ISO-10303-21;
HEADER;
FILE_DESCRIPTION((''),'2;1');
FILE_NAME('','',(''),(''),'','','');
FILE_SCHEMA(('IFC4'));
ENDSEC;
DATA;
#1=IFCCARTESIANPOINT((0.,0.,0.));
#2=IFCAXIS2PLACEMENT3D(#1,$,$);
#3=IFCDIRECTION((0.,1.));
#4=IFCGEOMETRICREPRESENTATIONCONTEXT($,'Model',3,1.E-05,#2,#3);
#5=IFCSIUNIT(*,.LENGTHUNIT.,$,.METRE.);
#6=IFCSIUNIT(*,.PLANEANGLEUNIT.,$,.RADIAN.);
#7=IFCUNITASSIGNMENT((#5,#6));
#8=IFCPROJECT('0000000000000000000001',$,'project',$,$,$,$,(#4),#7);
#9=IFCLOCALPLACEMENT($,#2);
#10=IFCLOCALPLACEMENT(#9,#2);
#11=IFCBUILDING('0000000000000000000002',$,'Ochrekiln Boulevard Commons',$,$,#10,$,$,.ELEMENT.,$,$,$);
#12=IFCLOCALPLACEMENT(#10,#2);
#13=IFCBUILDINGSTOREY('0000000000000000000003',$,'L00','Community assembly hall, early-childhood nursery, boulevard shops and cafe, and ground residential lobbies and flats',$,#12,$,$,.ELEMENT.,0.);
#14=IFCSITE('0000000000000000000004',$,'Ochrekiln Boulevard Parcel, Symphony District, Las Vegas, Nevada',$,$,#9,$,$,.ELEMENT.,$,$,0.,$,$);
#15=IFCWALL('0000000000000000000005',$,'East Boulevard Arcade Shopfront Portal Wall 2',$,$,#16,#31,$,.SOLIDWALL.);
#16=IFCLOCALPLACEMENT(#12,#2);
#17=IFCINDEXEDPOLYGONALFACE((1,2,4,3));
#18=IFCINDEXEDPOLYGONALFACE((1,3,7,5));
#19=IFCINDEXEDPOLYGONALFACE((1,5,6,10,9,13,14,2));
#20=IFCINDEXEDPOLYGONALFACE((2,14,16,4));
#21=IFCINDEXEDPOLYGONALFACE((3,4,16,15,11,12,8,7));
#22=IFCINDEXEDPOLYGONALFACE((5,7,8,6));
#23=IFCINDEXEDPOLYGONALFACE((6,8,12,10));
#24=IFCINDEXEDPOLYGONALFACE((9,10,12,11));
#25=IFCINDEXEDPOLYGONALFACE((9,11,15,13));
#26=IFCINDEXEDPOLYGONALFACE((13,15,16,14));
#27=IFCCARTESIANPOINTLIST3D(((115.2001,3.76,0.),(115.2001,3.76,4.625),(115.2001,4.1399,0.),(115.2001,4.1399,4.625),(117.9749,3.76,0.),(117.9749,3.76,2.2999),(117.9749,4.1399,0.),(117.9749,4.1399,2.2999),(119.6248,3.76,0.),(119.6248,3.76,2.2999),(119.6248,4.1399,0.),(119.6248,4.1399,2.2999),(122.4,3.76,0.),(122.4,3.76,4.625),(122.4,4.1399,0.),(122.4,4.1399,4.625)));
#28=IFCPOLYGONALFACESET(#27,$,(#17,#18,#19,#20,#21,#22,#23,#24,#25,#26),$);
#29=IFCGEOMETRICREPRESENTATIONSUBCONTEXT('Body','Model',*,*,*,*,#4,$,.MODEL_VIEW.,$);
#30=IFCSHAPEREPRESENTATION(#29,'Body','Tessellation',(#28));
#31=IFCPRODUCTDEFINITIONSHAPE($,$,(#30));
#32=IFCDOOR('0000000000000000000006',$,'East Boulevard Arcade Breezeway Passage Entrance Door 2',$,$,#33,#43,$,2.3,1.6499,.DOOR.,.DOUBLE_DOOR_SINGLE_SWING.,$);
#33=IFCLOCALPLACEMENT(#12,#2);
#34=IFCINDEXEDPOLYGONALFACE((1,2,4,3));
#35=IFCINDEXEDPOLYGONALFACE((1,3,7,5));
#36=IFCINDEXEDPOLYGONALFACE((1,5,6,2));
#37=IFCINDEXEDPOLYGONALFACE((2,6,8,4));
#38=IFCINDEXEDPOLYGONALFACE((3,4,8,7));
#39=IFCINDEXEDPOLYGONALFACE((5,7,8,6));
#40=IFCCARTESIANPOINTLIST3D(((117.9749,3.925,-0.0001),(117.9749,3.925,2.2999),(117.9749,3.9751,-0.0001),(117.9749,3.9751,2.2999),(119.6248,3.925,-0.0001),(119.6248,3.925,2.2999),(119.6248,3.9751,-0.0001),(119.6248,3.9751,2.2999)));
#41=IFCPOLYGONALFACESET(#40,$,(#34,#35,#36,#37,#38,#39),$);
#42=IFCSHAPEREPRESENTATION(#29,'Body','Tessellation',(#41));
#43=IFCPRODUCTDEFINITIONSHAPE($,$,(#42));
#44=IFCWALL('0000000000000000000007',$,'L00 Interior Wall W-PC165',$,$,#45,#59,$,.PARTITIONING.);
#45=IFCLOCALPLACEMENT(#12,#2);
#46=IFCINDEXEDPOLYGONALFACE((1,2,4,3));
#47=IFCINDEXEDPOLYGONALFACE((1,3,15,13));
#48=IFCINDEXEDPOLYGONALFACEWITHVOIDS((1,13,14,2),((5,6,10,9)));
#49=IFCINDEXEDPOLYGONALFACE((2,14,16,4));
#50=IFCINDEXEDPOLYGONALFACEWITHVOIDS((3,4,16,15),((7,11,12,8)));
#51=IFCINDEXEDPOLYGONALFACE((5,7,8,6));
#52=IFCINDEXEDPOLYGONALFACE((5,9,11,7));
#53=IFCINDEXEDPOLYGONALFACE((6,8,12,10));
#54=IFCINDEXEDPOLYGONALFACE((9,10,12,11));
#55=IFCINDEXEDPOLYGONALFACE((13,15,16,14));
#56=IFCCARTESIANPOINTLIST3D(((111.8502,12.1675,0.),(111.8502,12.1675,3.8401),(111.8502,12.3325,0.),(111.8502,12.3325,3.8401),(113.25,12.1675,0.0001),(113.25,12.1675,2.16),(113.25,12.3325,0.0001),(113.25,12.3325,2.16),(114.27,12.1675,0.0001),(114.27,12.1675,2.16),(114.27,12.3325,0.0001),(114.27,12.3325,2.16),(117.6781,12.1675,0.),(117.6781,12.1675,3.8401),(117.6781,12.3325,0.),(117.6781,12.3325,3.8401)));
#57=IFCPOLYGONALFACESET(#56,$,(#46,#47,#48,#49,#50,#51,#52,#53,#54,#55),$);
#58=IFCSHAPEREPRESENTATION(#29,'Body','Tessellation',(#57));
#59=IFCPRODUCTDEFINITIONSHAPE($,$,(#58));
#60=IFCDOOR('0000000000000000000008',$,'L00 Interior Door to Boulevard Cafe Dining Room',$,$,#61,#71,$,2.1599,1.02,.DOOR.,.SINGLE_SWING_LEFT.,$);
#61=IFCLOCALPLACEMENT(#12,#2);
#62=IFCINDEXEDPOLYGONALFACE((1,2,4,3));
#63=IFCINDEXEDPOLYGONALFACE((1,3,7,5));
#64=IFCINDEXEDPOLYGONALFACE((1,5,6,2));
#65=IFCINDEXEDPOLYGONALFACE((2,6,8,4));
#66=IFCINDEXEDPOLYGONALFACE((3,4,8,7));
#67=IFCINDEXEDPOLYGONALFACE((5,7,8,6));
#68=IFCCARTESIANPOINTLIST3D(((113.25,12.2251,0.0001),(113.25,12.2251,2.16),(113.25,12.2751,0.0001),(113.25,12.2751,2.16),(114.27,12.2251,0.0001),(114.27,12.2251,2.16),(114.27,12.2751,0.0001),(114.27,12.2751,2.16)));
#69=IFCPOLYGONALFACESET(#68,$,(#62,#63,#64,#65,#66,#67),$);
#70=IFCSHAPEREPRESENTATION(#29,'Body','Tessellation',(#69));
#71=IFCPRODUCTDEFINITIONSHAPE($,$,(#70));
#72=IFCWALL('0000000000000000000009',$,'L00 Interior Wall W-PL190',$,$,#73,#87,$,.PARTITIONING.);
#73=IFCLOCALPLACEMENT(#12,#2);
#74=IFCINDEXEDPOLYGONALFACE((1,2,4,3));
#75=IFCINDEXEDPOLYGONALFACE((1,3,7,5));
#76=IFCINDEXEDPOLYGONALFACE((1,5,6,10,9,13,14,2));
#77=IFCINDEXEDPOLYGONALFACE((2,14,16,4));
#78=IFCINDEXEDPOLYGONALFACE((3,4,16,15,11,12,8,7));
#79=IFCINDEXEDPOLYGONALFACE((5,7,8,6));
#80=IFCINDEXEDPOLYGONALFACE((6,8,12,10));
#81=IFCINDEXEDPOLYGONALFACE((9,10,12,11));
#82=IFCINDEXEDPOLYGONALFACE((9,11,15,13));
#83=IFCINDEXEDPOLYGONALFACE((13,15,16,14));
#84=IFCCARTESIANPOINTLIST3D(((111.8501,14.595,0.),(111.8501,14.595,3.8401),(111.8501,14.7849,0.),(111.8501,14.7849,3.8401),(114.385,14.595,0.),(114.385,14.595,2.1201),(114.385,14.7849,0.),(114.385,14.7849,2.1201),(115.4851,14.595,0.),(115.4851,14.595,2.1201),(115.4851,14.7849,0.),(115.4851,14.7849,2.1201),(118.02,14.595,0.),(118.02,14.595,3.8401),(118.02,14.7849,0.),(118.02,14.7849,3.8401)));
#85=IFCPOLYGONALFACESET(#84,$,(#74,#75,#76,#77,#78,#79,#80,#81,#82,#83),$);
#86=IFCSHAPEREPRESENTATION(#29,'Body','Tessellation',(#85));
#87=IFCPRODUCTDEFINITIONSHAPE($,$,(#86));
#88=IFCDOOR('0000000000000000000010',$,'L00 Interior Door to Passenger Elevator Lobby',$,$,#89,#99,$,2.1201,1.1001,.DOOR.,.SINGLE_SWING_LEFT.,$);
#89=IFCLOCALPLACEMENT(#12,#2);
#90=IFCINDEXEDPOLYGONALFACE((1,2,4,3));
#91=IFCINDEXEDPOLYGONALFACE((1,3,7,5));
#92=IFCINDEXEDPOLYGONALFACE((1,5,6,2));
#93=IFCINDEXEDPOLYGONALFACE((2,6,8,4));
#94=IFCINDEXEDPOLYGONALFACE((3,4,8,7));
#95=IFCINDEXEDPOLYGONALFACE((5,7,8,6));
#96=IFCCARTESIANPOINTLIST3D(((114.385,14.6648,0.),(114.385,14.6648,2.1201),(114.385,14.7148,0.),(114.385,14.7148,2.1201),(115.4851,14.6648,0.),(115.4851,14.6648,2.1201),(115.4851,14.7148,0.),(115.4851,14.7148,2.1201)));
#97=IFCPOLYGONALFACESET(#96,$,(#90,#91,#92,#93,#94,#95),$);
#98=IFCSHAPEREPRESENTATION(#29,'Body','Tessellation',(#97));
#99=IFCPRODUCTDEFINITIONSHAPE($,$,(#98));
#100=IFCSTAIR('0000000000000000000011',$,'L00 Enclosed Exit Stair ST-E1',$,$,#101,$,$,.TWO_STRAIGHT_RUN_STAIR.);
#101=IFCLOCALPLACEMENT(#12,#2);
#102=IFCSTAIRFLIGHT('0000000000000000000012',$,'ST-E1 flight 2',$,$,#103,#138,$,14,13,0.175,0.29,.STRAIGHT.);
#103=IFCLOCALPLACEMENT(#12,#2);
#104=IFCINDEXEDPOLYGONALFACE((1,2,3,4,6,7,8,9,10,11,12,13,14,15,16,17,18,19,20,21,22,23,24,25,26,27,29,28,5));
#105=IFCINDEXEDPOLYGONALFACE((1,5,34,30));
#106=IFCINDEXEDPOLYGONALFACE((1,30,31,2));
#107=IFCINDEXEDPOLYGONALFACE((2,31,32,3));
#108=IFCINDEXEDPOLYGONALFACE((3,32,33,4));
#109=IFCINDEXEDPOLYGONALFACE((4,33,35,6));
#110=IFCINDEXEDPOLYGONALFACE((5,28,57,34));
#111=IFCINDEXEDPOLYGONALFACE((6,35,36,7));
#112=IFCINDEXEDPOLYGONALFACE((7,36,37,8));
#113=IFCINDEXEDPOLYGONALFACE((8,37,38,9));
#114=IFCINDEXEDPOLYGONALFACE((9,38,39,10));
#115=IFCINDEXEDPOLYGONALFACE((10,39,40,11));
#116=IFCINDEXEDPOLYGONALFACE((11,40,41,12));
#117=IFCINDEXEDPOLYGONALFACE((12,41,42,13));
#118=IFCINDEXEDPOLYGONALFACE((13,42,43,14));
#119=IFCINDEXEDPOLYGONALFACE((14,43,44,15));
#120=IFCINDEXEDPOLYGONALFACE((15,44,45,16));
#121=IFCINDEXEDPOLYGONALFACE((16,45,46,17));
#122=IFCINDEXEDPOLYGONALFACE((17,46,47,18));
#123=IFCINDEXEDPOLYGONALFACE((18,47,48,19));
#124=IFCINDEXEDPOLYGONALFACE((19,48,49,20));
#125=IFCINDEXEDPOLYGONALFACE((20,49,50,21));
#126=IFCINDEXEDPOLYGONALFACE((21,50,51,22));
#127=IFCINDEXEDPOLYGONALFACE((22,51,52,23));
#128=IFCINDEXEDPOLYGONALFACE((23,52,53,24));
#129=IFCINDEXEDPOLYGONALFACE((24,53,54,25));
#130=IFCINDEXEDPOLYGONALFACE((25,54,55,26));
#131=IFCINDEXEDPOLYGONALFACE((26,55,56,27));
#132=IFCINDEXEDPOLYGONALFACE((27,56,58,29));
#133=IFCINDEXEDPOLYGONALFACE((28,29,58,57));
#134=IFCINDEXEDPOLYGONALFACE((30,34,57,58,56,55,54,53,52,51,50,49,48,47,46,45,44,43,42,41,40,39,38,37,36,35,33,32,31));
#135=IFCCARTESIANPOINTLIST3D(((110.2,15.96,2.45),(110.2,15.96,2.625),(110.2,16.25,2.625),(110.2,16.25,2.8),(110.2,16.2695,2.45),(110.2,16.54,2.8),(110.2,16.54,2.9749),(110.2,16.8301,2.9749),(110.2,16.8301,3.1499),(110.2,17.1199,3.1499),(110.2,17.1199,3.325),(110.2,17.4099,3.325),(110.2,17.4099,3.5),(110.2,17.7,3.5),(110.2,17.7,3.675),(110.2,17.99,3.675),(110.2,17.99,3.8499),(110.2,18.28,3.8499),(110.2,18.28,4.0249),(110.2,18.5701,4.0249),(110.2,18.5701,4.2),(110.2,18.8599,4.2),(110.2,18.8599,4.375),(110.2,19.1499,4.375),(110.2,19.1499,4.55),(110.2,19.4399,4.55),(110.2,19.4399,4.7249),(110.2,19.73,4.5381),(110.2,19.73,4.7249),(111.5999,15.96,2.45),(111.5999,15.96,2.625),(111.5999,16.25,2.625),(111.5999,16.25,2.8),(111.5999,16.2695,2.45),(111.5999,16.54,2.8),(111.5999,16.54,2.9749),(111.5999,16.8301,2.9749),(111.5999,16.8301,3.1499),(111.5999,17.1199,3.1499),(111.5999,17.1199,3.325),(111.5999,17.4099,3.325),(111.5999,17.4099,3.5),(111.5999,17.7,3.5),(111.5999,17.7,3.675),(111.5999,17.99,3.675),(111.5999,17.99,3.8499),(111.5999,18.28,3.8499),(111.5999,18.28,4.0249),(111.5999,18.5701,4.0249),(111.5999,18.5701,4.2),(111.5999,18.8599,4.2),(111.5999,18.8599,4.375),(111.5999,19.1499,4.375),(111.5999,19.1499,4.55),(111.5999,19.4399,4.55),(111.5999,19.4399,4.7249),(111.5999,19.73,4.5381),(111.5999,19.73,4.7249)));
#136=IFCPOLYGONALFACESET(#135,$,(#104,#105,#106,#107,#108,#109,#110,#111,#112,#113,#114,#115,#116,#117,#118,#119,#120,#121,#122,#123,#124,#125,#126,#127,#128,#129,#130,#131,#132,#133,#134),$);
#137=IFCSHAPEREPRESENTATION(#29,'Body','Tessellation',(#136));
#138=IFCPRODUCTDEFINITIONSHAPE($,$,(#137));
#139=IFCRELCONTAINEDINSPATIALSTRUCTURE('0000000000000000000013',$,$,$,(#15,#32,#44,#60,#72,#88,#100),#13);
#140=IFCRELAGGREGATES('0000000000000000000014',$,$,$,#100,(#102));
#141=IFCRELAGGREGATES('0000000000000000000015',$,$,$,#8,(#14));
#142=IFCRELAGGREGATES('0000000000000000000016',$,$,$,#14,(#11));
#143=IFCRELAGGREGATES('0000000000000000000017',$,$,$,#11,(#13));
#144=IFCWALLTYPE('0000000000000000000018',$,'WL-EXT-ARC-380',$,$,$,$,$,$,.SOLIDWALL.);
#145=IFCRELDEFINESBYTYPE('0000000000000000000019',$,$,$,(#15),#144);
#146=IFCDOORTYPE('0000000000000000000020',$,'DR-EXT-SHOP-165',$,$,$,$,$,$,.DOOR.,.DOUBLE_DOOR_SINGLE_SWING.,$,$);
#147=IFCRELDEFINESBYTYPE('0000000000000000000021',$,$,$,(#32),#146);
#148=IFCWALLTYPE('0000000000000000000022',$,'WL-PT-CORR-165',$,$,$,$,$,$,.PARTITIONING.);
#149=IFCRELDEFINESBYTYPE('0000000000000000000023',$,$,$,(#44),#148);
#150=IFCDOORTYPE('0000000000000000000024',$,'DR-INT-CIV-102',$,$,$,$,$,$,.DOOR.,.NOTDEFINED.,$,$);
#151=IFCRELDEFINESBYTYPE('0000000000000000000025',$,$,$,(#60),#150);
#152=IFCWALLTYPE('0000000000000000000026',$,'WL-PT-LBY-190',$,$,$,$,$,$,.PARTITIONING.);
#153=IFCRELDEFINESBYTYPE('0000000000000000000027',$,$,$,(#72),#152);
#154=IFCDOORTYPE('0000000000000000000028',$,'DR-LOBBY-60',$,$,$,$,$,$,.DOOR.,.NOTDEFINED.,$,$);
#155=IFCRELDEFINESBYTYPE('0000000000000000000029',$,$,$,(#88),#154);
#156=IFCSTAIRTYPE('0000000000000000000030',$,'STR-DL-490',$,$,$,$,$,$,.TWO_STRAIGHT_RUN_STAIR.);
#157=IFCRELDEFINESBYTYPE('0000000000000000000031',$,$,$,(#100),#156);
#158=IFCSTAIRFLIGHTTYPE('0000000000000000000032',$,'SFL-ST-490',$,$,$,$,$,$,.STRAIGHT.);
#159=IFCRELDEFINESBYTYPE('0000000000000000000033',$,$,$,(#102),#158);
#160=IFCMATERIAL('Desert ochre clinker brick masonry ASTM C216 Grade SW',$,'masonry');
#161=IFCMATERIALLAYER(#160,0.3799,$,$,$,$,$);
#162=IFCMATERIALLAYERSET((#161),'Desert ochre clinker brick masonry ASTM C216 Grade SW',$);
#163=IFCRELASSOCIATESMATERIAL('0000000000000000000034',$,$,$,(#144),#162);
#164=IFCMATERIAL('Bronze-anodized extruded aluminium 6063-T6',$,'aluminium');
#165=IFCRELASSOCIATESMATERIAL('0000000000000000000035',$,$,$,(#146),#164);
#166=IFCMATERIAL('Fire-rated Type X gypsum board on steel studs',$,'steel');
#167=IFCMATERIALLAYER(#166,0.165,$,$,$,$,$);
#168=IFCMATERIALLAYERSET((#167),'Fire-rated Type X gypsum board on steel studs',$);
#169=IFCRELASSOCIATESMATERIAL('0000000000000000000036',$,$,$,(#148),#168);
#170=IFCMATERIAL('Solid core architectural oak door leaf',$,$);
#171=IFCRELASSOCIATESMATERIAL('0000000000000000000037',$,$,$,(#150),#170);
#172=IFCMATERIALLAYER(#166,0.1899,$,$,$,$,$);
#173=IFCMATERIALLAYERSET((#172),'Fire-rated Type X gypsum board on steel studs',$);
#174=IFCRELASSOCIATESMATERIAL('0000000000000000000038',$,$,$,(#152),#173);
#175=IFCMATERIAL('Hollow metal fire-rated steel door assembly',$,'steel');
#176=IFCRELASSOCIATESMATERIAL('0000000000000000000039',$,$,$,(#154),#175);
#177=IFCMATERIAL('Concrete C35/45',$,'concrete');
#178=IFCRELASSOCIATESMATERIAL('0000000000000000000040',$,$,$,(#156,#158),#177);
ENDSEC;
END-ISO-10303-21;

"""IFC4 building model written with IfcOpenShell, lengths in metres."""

from ifc_helpers import new_model, si_unit, direction, frame, frame_2d, origin, place, context, subcontext, project, spatial, polyline, rectangle, outline, extrude, material, layer, layer_set, type_object, element, fill, aggregate, save


model = new_model("IFC4")

# Units and contexts
model_context = context("Model", 3, precision=1e-05, world=origin(), true_north=direction((0.0, 1.0)))
body_context = subcontext(model_context, "Body", "Model", "MODEL_VIEW")
ifc_project = project(units=[si_unit("LENGTHUNIT", "METRE"), si_unit("PLANEANGLEUNIT", "RADIAN")], contexts=[model_context])

# Site, building, storey
site_placement = place(None, origin())
site = spatial("IfcSite", under=ifc_project, at=site_placement, Name="Ochrekiln Boulevard Parcel, Symphony District, Las Vegas, Nevada", CompositionType="ELEMENT", RefElevation=0.0)
building_placement = place(site_placement, origin())
building = spatial("IfcBuilding", under=site, at=building_placement, Name="Ochrekiln Boulevard Commons", CompositionType="ELEMENT")
storey_placement = place(building_placement, origin())
storey = spatial("IfcBuildingStorey", under=building, at=storey_placement, Name="L00", Description="Community assembly hall, early-childhood nursery, boulevard shops and cafe, and ground residential lobbies and flats", CompositionType="ELEMENT", Elevation=0.0)

# Shared definitions
ifc_material_1 = material(Name="Concrete C35/45", Category="concrete")

# Walls, openings, doors
ifc_material_2 = material(Name="Desert ochre clinker brick masonry ASTM C216 Grade SW", Category="masonry")
ifc_layer_1 = layer(ifc_material_2, 0.3799)
ifc_layer_set_1 = layer_set([ifc_layer_1], Name="Desert ochre clinker brick masonry ASTM C216 Grade SW")
wall_type_1 = type_object("IfcWallType", Name="WL-EXT-ARC-380", PredefinedType="SOLIDWALL", material=ifc_layer_set_1)
wall_1_placement = place(storey_placement, frame((115.2, 3.95, 0.0), z_axis=(0.0, 0.0, 1.0), x_axis=(1.0, 0.0, 0.0)))
wall_1 = element("IfcWall", 1, at=wall_1_placement, inside=storey, type_object=wall_type_1, Name="East Boulevard Arcade Shopfront Portal Wall 2", PredefinedType="SOLIDWALL", context=body_context, shape_type="SweptSolid", body=[
    extrude(rectangle(XDim=7.2, YDim=0.3799, at=frame_2d((3.6001, 0.0))), origin(), (0.0, 0.0, 1.0), 4.625),
])
opening_1_placement = place(wall_1_placement, frame((2.7749, 0.0, 0.0)))
opening_1 = element("IfcOpeningElement", 2, at=opening_1_placement, cuts=wall_1, PredefinedType="OPENING", context=body_context, shape_type="SweptSolid", body=[
    extrude(rectangle(XDim=1.6499, YDim=2.3, at=frame_2d((0.825, 1.1499))), frame((0.0, 0.2, 0.0), z_axis=(0.0, -1.0, 0.0), x_axis=(1.0, 0.0, 0.0)), (0.0, 0.0, 1.0), 0.3999),
])
ifc_material_3 = material(Name="Bronze-anodized extruded aluminium 6063-T6", Category="aluminium")
door_type_1 = type_object("IfcDoorType", Name="DR-EXT-SHOP-165", OperationType="DOUBLE_DOOR_SINGLE_SWING", PredefinedType="DOOR", material=ifc_material_3)
door_1_placement = place(opening_1_placement, frame((1.6499, 0.0, 0.0), z_axis=(0.0, 0.0, 1.0), x_axis=(-1.0, 0.0, 0.0)))
door_1 = element("IfcDoor", 3, at=door_1_placement, inside=storey, type_object=door_type_1, Name="East Boulevard Arcade Breezeway Passage Entrance Door 2", OperationType="DOUBLE_DOOR_SINGLE_SWING", OverallHeight=2.3, OverallWidth=1.6499, PredefinedType="DOOR", context=body_context, shape_type="SweptSolid", body=[
    extrude(rectangle(XDim=1.6499, YDim=2.3, at=frame_2d((0.825, 1.1499))), frame((0.0, 0.0249, 0.0), z_axis=(0.0, -1.0, 0.0), x_axis=(1.0, 0.0, 0.0)), (0.0, 0.0, 1.0), 0.05),
])
fill(opening_1, door_1)
ifc_material_4 = material(Name="Fire-rated Type X gypsum board on steel studs", Category="steel")
ifc_layer_2 = layer(ifc_material_4, 0.165)
ifc_layer_set_2 = layer_set([ifc_layer_2], Name="Fire-rated Type X gypsum board on steel studs")
wall_type_2 = type_object("IfcWallType", Name="WL-PT-CORR-165", PredefinedType="PARTITIONING", material=ifc_layer_set_2)
wall_2_placement = place(storey_placement, frame((111.8501, 12.25, 0.0), z_axis=(0.0, 0.0, 1.0), x_axis=(1.0, 0.0, 0.0)))
wall_2 = element("IfcWall", 4, at=wall_2_placement, inside=storey, type_object=wall_type_2, Name="L00 Interior Wall W-PC165", PredefinedType="PARTITIONING", context=body_context, shape_type="SweptSolid", body=[
    extrude(rectangle(XDim=5.8279, YDim=0.165, at=frame_2d((2.9141, 0.0))), origin(), (0.0, 0.0, 1.0), 3.8401),
])
opening_2_placement = place(wall_2_placement, frame((1.3999, 0.0, 0.0)))
opening_2 = element("IfcOpeningElement", 5, at=opening_2_placement, cuts=wall_2, PredefinedType="OPENING", context=body_context, shape_type="SweptSolid", body=[
    extrude(rectangle(XDim=1.02, YDim=2.1599, at=frame_2d((0.51, 1.0801))), frame((0.0, 0.0925, 0.0), z_axis=(0.0, -1.0, 0.0), x_axis=(1.0, 0.0, 0.0)), (0.0, 0.0, 1.0), 0.1851),
])
ifc_material_5 = material(Name="Solid core architectural oak door leaf")
door_type_2 = type_object("IfcDoorType", Name="DR-INT-CIV-102", OperationType="NOTDEFINED", PredefinedType="DOOR", material=ifc_material_5)
door_2_placement = place(opening_2_placement, frame((1.02, 0.0, 0.0), z_axis=(0.0, 0.0, 1.0), x_axis=(-1.0, 0.0, 0.0)))
door_2 = element("IfcDoor", 6, at=door_2_placement, inside=storey, type_object=door_type_2, Name="L00 Interior Door to Boulevard Cafe Dining Room", OperationType="SINGLE_SWING_LEFT", OverallHeight=2.1599, OverallWidth=1.02, PredefinedType="DOOR", context=body_context, shape_type="SweptSolid", body=[
    extrude(rectangle(XDim=1.02, YDim=2.1599, at=frame_2d((0.51, 1.0801))), frame((0.0, 0.0249, 0.0), z_axis=(0.0, -1.0, 0.0), x_axis=(1.0, 0.0, 0.0)), (0.0, 0.0, 1.0), 0.05),
])
fill(opening_2, door_2)
ifc_layer_3 = layer(ifc_material_4, 0.1899)
ifc_layer_set_3 = layer_set([ifc_layer_3], Name="Fire-rated Type X gypsum board on steel studs")
wall_type_3 = type_object("IfcWallType", Name="WL-PT-LBY-190", PredefinedType="PARTITIONING", material=ifc_layer_set_3)
wall_3_placement = place(storey_placement, frame((111.8501, 14.6899, 0.0), z_axis=(0.0, 0.0, 1.0), x_axis=(1.0, 0.0, 0.0)))
wall_3 = element("IfcWall", 7, at=wall_3_placement, inside=storey, type_object=wall_type_3, Name="L00 Interior Wall W-PL190", PredefinedType="PARTITIONING", context=body_context, shape_type="SweptSolid", body=[
    extrude(rectangle(XDim=6.1699, YDim=0.1899, at=frame_2d((3.085, 0.0))), origin(), (0.0, 0.0, 1.0), 3.8401),
])
opening_3_placement = place(wall_3_placement, frame((2.5349, 0.0, 0.0)))
opening_3 = element("IfcOpeningElement", 8, at=opening_3_placement, cuts=wall_3, PredefinedType="OPENING", context=body_context, shape_type="SweptSolid", body=[
    extrude(rectangle(XDim=1.1001, YDim=2.1201, at=frame_2d((0.55, 1.0601))), frame((0.0, 0.105, 0.0), z_axis=(0.0, -1.0, 0.0), x_axis=(1.0, 0.0, 0.0)), (0.0, 0.0, 1.0), 0.21),
])
ifc_material_6 = material(Name="Hollow metal fire-rated steel door assembly", Category="steel")
door_type_3 = type_object("IfcDoorType", Name="DR-LOBBY-60", OperationType="NOTDEFINED", PredefinedType="DOOR", material=ifc_material_6)
door_3_placement = place(opening_3_placement, origin())
door_3 = element("IfcDoor", 9, at=door_3_placement, inside=storey, type_object=door_type_3, Name="L00 Interior Door to Passenger Elevator Lobby", OperationType="SINGLE_SWING_LEFT", OverallHeight=2.1201, OverallWidth=1.1001, PredefinedType="DOOR", context=body_context, shape_type="SweptSolid", body=[
    extrude(rectangle(XDim=1.1001, YDim=2.1201, at=frame_2d((0.55, 1.0601))), frame((0.0, 0.0249, 0.0), z_axis=(0.0, -1.0, 0.0), x_axis=(1.0, 0.0, 0.0)), (0.0, 0.0, 1.0), 0.05),
])
fill(opening_3, door_3)

# Stair, stair flight
stair_type = type_object("IfcStairType", Name="STR-DL-490", PredefinedType="TWO_STRAIGHT_RUN_STAIR", material=ifc_material_1)
stair_placement = place(storey_placement, origin())
stair = element("IfcStair", 10, at=stair_placement, inside=storey, type_object=stair_type, Name="L00 Enclosed Exit Stair ST-E1", PredefinedType="TWO_STRAIGHT_RUN_STAIR")
stair_flight_type = type_object("IfcStairFlightType", Name="SFL-ST-490", PredefinedType="STRAIGHT", material=ifc_material_1)
stair_flight_placement = place(storey_placement, frame((110.8999, 15.96, 2.45), z_axis=(0.0, 0.0, 1.0), x_axis=(0.0, 1.0, 0.0)))
stair_flight = element("IfcStairFlight", 11, at=stair_flight_placement, type_object=stair_flight_type, Name="ST-E1 flight 2", NumberOfRisers=14, NumberOfTreads=13, PredefinedType="STRAIGHT", RiserHeight=0.175, TreadLength=0.29, context=body_context, shape_type="SweptSolid", body=[
    extrude(outline(polyline([(0.0, 0.0), (0.0, 0.175), (0.29, 0.175), (0.29, 0.3501), (0.5801, 0.3501), (0.5801, 0.5249), (0.8701, 0.5249), (0.8701, 0.7), (1.1599, 0.7), (1.1599, 0.875), (1.45, 0.875), (1.45, 1.05), (1.74, 1.05), (1.74, 1.2251), (2.03, 1.2251), (2.03, 1.3999), (2.3201, 1.3999), (2.3201, 1.575), (2.6101, 1.575), (2.6101, 1.75), (2.8999, 1.75), (2.8999, 1.925), (3.1899, 1.925), (3.1899, 2.1001), (3.48, 2.1001), (3.48, 2.2749), (3.77, 2.2749), (3.77, 2.45), (3.77, 2.0881), (0.3096, 0.0), (0.0, 0.0)])), frame((0.0, 0.7, 0.0), z_axis=(0.0, -1.0, 0.0), x_axis=(1.0, 0.0, 0.0)), (0.0, 0.0, 1.0), 1.3999),
])
aggregate(stair, [stair_flight])

save(model, "model.ifc")
